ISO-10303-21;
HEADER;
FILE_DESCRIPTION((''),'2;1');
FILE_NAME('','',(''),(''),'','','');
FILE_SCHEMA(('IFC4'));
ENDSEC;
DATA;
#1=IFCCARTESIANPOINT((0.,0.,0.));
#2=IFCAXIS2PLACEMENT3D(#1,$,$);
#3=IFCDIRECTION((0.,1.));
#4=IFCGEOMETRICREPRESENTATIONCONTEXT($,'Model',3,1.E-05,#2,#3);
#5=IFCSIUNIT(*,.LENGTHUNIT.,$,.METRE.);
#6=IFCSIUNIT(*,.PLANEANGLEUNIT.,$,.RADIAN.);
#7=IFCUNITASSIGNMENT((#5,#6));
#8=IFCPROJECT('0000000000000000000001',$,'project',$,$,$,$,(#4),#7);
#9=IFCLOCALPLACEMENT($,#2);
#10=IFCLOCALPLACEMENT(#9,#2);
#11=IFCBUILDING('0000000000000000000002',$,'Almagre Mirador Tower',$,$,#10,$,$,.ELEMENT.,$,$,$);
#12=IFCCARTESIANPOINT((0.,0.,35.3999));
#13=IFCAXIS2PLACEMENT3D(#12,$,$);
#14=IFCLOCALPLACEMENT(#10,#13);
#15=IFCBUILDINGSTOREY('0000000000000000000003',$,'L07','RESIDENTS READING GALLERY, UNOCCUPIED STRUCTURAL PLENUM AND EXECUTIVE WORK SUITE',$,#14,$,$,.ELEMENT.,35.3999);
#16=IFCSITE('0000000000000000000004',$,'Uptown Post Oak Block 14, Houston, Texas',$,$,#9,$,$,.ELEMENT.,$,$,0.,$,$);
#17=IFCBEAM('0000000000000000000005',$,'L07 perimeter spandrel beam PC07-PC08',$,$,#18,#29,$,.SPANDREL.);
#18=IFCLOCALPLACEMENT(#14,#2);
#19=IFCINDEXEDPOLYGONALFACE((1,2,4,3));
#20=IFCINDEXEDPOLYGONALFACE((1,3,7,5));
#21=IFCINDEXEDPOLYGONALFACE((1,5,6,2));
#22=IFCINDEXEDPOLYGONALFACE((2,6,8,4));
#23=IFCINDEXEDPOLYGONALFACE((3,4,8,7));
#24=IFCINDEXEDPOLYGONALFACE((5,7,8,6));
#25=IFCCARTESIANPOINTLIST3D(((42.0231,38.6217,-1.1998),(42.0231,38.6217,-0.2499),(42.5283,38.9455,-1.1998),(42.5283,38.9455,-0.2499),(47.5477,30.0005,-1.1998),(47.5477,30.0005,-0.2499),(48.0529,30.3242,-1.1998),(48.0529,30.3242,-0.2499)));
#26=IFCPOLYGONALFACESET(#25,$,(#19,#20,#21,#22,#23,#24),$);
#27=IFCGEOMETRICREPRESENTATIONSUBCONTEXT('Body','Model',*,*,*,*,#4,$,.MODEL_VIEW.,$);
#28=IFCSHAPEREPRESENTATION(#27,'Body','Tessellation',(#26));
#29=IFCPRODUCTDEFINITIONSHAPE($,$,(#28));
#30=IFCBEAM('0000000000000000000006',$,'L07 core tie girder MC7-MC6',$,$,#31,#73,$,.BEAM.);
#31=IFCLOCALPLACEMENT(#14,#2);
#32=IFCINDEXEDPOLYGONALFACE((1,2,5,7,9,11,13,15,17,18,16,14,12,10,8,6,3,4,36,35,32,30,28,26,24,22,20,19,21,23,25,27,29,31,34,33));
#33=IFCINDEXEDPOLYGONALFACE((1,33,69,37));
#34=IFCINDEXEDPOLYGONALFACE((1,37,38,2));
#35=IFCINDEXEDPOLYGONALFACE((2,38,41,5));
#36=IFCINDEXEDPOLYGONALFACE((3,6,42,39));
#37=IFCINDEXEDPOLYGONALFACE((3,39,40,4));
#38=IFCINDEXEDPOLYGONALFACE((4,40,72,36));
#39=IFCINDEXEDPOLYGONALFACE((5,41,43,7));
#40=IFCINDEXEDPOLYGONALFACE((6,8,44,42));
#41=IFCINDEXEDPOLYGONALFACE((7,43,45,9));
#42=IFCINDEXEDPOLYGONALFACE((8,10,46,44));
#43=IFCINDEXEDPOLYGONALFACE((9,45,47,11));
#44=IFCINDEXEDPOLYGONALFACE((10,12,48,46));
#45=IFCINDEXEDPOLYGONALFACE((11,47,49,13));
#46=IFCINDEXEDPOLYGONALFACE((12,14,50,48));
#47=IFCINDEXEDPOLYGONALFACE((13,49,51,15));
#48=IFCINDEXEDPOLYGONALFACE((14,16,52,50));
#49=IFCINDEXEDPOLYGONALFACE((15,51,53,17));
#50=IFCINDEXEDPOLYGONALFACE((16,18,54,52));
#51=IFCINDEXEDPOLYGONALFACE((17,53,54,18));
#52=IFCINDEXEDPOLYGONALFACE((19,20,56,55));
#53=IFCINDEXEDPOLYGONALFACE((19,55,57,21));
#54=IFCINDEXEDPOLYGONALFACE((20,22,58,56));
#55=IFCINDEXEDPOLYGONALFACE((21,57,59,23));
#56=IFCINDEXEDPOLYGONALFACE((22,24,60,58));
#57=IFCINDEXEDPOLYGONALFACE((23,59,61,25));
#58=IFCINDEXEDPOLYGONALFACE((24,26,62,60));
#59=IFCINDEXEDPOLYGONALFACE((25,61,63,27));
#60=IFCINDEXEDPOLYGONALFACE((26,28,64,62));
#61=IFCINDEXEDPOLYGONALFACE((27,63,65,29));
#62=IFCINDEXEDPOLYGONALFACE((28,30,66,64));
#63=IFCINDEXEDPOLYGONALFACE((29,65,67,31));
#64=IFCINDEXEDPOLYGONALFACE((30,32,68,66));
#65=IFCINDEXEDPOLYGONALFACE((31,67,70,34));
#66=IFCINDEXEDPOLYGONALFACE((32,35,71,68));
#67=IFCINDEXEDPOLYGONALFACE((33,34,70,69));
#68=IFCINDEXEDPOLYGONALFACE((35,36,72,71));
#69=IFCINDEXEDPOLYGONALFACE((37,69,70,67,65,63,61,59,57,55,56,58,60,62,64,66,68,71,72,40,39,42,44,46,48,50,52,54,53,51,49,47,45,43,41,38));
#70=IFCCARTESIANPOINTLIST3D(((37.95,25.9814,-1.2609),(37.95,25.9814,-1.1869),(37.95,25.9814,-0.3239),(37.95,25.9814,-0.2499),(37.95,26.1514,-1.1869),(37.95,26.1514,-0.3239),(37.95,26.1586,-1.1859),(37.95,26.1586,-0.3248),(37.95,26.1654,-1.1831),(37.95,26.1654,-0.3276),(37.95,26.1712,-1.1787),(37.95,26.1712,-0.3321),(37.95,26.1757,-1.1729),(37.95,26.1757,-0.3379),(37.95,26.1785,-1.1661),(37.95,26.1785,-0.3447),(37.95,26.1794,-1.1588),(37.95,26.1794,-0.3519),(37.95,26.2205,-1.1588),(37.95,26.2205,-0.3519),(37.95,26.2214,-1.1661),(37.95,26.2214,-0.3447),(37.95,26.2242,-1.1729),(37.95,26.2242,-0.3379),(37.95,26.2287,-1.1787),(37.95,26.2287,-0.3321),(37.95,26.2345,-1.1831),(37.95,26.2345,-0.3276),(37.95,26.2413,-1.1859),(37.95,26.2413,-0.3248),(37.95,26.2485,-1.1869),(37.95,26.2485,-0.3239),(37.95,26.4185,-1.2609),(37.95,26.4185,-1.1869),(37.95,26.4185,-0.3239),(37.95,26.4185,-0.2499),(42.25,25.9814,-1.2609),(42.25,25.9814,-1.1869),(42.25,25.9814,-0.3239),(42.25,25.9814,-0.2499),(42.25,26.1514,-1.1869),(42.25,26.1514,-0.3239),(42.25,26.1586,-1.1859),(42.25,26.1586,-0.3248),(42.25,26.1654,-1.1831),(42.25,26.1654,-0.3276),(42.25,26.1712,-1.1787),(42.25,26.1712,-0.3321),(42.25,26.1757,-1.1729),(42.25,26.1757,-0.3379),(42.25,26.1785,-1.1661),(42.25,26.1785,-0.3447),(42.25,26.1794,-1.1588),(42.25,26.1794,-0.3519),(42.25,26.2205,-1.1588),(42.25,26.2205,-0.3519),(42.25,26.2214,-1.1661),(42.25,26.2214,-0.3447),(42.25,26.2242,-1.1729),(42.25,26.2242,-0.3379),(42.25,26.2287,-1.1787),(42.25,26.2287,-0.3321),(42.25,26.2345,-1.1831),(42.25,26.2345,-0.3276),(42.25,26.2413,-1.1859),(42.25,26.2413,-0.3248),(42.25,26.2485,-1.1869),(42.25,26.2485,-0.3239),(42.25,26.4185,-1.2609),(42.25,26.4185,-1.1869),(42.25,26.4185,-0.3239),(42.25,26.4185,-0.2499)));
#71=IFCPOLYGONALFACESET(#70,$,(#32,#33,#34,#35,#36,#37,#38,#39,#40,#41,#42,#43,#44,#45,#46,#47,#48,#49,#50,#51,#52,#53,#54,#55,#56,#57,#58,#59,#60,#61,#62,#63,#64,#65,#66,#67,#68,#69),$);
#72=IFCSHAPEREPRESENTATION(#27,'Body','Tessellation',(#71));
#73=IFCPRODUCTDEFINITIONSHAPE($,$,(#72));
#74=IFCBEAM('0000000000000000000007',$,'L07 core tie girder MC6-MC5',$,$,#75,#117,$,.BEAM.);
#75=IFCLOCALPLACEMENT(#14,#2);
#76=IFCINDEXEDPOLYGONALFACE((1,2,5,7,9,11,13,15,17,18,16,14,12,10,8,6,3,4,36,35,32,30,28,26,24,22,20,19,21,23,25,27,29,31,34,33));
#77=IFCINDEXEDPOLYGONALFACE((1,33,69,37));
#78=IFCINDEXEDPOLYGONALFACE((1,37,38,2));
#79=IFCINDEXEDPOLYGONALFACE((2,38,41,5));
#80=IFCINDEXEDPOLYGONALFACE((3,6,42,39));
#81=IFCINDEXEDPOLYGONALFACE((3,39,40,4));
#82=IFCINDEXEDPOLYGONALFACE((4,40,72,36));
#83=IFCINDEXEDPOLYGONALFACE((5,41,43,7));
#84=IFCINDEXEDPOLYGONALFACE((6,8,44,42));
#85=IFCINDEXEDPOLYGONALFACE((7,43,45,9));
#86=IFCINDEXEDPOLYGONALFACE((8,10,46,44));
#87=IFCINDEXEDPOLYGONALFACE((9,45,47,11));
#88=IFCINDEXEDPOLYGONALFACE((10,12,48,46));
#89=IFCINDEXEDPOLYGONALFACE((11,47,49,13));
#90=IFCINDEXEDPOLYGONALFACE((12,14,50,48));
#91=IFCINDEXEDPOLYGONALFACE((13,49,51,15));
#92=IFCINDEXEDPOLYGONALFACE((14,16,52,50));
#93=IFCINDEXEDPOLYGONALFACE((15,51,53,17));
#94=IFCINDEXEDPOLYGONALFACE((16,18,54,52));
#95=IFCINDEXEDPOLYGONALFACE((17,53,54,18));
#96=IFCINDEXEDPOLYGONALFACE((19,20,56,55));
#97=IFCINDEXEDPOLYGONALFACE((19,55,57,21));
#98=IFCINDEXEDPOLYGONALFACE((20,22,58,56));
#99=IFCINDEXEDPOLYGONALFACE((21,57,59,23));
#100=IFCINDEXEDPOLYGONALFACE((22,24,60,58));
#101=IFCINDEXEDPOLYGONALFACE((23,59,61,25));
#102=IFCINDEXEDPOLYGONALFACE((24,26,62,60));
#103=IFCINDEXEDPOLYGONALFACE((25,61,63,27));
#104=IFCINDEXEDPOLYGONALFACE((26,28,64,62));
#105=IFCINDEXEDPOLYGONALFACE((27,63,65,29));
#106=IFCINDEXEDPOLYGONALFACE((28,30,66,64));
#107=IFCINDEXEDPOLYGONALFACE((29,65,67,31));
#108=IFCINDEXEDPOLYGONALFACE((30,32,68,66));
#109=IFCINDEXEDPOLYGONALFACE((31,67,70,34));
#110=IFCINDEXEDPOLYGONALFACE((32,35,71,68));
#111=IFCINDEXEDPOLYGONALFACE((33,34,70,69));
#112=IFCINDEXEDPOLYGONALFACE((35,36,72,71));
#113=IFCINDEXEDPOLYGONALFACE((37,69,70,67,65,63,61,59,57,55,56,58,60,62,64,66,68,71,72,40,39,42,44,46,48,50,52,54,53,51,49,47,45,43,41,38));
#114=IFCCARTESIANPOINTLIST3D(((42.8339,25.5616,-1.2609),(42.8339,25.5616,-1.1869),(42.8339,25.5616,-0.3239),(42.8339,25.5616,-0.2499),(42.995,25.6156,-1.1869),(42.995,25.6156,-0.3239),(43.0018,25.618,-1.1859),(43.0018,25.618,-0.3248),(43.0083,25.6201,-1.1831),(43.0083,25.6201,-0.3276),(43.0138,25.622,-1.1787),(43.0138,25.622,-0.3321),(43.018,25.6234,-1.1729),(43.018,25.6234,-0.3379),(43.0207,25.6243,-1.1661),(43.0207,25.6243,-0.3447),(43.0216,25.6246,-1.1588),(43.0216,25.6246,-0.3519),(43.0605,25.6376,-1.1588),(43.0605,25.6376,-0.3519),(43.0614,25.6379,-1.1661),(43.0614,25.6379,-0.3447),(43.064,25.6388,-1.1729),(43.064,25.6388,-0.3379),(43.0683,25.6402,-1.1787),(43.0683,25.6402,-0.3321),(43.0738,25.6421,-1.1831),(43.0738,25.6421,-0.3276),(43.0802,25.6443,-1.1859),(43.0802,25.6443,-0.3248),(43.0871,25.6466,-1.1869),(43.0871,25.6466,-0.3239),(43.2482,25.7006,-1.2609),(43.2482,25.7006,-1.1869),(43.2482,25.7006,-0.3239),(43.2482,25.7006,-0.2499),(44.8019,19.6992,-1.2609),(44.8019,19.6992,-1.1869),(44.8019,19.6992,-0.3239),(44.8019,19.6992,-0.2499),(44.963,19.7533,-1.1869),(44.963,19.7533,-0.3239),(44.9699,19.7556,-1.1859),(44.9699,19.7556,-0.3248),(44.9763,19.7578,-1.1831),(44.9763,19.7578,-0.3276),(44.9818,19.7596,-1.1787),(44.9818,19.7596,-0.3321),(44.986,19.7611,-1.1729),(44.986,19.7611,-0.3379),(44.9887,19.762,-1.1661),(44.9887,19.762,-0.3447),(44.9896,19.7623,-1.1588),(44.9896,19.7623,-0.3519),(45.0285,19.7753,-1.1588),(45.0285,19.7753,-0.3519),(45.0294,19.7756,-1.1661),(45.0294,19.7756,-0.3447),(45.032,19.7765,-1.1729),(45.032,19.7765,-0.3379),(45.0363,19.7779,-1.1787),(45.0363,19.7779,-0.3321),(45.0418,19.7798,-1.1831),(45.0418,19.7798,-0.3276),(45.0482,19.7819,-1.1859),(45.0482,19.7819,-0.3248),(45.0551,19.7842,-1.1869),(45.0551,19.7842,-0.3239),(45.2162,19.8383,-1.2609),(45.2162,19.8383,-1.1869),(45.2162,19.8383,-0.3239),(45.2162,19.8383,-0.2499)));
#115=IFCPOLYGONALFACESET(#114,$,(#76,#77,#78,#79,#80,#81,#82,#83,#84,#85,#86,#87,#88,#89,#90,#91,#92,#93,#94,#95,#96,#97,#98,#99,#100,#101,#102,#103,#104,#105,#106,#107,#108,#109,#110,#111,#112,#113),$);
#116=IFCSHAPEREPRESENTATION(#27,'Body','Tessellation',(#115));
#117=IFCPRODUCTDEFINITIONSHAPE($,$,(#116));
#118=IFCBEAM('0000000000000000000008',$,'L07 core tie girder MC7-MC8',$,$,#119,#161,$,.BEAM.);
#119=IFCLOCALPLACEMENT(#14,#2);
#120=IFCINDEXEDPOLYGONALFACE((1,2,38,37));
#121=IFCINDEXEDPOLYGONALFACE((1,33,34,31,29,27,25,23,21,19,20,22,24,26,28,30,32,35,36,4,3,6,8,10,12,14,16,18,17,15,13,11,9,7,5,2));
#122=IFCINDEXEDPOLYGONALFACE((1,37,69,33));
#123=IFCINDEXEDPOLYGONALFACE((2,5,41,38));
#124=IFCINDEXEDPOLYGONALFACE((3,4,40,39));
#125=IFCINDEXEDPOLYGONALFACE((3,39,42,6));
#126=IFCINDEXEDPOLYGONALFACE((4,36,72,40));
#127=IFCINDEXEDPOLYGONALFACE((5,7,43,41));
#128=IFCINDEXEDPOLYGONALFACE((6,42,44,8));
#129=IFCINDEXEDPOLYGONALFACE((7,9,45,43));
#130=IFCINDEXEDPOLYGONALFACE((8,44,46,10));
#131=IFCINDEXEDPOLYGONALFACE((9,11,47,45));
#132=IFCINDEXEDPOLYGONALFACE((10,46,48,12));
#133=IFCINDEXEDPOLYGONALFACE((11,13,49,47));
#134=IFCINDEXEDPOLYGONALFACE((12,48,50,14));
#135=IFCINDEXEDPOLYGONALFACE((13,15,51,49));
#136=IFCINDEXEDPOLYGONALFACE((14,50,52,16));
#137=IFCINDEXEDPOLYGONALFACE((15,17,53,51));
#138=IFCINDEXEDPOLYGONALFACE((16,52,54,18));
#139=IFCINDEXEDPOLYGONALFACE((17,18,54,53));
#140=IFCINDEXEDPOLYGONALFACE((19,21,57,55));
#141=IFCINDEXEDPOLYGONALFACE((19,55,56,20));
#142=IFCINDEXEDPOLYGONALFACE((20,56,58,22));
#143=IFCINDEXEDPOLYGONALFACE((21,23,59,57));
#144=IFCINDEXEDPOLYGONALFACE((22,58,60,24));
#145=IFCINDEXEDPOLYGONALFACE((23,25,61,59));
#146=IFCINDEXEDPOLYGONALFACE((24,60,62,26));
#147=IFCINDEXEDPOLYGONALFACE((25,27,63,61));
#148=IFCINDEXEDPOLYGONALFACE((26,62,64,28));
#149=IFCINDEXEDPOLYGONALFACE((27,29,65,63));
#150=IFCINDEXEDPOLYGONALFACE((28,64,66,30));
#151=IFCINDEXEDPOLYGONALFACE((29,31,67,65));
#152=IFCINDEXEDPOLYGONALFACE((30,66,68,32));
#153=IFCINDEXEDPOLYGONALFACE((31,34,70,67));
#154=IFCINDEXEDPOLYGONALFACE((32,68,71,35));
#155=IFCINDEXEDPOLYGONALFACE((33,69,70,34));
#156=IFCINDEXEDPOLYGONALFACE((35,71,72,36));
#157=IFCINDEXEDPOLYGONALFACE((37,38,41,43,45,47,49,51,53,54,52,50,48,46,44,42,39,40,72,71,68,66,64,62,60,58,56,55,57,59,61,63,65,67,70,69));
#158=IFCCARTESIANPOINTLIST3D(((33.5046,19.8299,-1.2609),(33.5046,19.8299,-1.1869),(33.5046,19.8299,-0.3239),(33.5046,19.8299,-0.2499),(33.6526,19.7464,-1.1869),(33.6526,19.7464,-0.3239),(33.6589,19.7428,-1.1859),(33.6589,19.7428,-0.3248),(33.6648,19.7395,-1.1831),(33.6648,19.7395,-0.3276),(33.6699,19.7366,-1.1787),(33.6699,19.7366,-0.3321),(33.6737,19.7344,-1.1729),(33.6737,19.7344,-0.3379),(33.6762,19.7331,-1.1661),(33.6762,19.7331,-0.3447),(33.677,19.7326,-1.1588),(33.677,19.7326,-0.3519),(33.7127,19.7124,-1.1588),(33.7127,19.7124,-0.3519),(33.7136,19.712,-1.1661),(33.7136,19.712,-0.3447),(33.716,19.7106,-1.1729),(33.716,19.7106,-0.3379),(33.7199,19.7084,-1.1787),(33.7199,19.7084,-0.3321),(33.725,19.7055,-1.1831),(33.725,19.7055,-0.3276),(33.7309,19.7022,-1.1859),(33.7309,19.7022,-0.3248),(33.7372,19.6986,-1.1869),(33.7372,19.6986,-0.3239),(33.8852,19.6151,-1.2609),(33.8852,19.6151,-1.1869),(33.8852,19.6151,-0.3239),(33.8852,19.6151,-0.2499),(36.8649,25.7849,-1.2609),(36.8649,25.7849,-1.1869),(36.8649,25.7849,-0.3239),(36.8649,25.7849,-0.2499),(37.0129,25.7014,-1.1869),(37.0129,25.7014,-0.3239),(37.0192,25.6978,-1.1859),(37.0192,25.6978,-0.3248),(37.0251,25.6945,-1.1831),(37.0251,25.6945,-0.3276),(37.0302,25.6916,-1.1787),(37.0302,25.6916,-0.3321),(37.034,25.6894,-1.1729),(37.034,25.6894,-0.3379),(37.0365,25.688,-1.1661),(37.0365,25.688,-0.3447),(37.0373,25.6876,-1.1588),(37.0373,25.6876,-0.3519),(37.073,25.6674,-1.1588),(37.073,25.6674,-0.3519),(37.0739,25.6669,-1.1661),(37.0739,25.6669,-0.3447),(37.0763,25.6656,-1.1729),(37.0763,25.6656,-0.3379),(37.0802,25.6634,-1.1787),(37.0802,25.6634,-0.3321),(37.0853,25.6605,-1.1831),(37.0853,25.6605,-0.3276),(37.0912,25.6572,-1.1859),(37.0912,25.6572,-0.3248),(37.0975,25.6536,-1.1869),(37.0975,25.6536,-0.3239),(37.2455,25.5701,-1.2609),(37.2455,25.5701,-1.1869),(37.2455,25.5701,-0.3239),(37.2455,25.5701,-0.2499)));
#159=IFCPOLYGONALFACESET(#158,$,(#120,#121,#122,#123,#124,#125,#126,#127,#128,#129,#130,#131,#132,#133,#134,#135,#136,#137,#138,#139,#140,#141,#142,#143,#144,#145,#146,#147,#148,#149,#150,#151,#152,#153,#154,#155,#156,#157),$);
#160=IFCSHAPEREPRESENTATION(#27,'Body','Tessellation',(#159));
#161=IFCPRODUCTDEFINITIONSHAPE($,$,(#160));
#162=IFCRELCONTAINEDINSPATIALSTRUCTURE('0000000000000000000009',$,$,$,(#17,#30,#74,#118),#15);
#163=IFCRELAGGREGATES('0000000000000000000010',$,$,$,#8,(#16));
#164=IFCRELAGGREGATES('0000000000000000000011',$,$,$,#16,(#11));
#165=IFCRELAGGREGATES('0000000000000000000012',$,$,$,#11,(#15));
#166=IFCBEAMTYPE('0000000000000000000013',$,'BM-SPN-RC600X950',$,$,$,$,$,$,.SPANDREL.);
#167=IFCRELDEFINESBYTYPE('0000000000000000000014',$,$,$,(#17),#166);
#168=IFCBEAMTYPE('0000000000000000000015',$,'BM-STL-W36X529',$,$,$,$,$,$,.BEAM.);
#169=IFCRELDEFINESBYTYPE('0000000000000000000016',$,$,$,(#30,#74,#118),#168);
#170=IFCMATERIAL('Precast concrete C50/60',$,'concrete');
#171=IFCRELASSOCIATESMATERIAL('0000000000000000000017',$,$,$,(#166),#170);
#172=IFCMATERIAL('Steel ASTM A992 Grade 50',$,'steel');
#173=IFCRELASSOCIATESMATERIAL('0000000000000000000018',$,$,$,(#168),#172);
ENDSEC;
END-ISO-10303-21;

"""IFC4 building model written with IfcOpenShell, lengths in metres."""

from ifc_helpers import new_model, si_unit, direction, frame, origin, origin_2d, place, context, subcontext, project, spatial, rectangle, i_section, extrude, material, material_profile, profile_set, type_object, element, save


model = new_model("IFC4")

# Units and contexts
model_context = context("Model", 3, precision=1e-05, world=origin(), true_north=direction((0.0, 1.0)))
body_context = subcontext(model_context, "Body", "Model", "MODEL_VIEW")
ifc_project = project(units=[si_unit("LENGTHUNIT", "METRE"), si_unit("PLANEANGLEUNIT", "RADIAN")], contexts=[model_context])

# Site, building, storey
site_placement = place(None, origin())
site = spatial("IfcSite", under=ifc_project, at=site_placement, Name="Uptown Post Oak Block 14, Houston, Texas", CompositionType="ELEMENT", RefElevation=0.0)
building_placement = place(site_placement, origin())
building = spatial("IfcBuilding", under=site, at=building_placement, Name="Almagre Mirador Tower", CompositionType="ELEMENT")
storey_placement = place(building_placement, frame((0.0, 0.0, 35.3999)))
storey = spatial("IfcBuildingStorey", under=building, at=storey_placement, Name="L07", Description="RESIDENTS READING GALLERY, UNOCCUPIED STRUCTURAL PLENUM AND EXECUTIVE WORK SUITE", CompositionType="ELEMENT", Elevation=35.3999)

# Beams
ifc_material_1 = material(Name="Precast concrete C50/60", Category="concrete")
ifc_material_profile_1 = material_profile(ifc_material_1, rectangle(XDim=0.6001, YDim=0.95, at=origin_2d()), Name="RC600X950")
ifc_profile_set_1 = profile_set([ifc_material_profile_1], Name="Precast concrete C50/60")
beam_type_1 = type_object("IfcBeamType", Name="BM-SPN-RC600X950", PredefinedType="SPANDREL", material=ifc_profile_set_1)
beam_1_placement = place(storey_placement, frame((47.8003, 30.1624, -0.7249), z_axis=(-0.539539, 0.841961, 0.0), x_axis=(-0.841961, -0.539539, 0.0)))
element("IfcBeam", 1, at=beam_1_placement, inside=storey, type_object=beam_type_1, Name="L07 perimeter spandrel beam PC07-PC08", PredefinedType="SPANDREL", context=body_context, shape_type="SweptSolid", body=[
    extrude(rectangle(XDim=0.6001, YDim=0.95, at=origin_2d()), origin(), (0.0, 0.0, 1.0), 10.2395),
])
ifc_material_2 = material(Name="Steel ASTM A992 Grade 50", Category="steel")
ifc_material_profile_2 = material_profile(ifc_material_2, i_section(OverallWidth=0.437, OverallDepth=1.011, WebThickness=0.041, FlangeThickness=0.074, FilletRadius=0.0281, at=origin_2d()), Name="W36X529")
ifc_profile_set_2 = profile_set([ifc_material_profile_2], Name="Steel ASTM A992 Grade 50")
beam_type_2 = type_object("IfcBeamType", Name="BM-STL-W36X529", PredefinedType="BEAM", material=ifc_profile_set_2)
beam_2_placement = place(storey_placement, frame((37.95, 26.2, -0.7554), z_axis=(1.0, 0.0, 0.0), x_axis=(0.0, 1.0, 0.0)))
element("IfcBeam", 2, at=beam_2_placement, inside=storey, type_object=beam_type_2, Name="L07 core tie girder MC7-MC6", PredefinedType="BEAM", context=body_context, shape_type="SweptSolid", body=[
    extrude(i_section(OverallWidth=0.437, OverallDepth=1.011, WebThickness=0.041, FlangeThickness=0.074, FilletRadius=0.0281, at=origin_2d()), origin(), (0.0, 0.0, 1.0), 4.3),
])
beam_3_placement = place(storey_placement, frame((43.041, 25.6311, -0.7554), z_axis=(0.318252, -0.948006, 0.0), x_axis=(0.948006, 0.318252, 0.0)))
element("IfcBeam", 3, at=beam_3_placement, inside=storey, type_object=beam_type_2, Name="L07 core tie girder MC6-MC5", PredefinedType="BEAM", context=body_context, shape_type="SweptSolid", body=[
    extrude(i_section(OverallWidth=0.437, OverallDepth=1.011, WebThickness=0.041, FlangeThickness=0.074, FilletRadius=0.0281, at=origin_2d()), origin(), (0.0, 0.0, 1.0), 6.1838),
])
beam_4_placement = place(storey_placement, frame((37.0552, 25.6775, -0.7554), z_axis=(-0.491441, -0.870911, 0.0), x_axis=(0.870911, -0.491441, 0.0)))
element("IfcBeam", 4, at=beam_4_placement, inside=storey, type_object=beam_type_2, Name="L07 core tie girder MC7-MC8", PredefinedType="BEAM", context=body_context, shape_type="SweptSolid", body=[
    extrude(i_section(OverallWidth=0.437, OverallDepth=1.011, WebThickness=0.041, FlangeThickness=0.074, FilletRadius=0.0281, at=origin_2d()), origin(), (0.0, 0.0, 1.0), 6.8376),
])

save(model, "model.ifc")
